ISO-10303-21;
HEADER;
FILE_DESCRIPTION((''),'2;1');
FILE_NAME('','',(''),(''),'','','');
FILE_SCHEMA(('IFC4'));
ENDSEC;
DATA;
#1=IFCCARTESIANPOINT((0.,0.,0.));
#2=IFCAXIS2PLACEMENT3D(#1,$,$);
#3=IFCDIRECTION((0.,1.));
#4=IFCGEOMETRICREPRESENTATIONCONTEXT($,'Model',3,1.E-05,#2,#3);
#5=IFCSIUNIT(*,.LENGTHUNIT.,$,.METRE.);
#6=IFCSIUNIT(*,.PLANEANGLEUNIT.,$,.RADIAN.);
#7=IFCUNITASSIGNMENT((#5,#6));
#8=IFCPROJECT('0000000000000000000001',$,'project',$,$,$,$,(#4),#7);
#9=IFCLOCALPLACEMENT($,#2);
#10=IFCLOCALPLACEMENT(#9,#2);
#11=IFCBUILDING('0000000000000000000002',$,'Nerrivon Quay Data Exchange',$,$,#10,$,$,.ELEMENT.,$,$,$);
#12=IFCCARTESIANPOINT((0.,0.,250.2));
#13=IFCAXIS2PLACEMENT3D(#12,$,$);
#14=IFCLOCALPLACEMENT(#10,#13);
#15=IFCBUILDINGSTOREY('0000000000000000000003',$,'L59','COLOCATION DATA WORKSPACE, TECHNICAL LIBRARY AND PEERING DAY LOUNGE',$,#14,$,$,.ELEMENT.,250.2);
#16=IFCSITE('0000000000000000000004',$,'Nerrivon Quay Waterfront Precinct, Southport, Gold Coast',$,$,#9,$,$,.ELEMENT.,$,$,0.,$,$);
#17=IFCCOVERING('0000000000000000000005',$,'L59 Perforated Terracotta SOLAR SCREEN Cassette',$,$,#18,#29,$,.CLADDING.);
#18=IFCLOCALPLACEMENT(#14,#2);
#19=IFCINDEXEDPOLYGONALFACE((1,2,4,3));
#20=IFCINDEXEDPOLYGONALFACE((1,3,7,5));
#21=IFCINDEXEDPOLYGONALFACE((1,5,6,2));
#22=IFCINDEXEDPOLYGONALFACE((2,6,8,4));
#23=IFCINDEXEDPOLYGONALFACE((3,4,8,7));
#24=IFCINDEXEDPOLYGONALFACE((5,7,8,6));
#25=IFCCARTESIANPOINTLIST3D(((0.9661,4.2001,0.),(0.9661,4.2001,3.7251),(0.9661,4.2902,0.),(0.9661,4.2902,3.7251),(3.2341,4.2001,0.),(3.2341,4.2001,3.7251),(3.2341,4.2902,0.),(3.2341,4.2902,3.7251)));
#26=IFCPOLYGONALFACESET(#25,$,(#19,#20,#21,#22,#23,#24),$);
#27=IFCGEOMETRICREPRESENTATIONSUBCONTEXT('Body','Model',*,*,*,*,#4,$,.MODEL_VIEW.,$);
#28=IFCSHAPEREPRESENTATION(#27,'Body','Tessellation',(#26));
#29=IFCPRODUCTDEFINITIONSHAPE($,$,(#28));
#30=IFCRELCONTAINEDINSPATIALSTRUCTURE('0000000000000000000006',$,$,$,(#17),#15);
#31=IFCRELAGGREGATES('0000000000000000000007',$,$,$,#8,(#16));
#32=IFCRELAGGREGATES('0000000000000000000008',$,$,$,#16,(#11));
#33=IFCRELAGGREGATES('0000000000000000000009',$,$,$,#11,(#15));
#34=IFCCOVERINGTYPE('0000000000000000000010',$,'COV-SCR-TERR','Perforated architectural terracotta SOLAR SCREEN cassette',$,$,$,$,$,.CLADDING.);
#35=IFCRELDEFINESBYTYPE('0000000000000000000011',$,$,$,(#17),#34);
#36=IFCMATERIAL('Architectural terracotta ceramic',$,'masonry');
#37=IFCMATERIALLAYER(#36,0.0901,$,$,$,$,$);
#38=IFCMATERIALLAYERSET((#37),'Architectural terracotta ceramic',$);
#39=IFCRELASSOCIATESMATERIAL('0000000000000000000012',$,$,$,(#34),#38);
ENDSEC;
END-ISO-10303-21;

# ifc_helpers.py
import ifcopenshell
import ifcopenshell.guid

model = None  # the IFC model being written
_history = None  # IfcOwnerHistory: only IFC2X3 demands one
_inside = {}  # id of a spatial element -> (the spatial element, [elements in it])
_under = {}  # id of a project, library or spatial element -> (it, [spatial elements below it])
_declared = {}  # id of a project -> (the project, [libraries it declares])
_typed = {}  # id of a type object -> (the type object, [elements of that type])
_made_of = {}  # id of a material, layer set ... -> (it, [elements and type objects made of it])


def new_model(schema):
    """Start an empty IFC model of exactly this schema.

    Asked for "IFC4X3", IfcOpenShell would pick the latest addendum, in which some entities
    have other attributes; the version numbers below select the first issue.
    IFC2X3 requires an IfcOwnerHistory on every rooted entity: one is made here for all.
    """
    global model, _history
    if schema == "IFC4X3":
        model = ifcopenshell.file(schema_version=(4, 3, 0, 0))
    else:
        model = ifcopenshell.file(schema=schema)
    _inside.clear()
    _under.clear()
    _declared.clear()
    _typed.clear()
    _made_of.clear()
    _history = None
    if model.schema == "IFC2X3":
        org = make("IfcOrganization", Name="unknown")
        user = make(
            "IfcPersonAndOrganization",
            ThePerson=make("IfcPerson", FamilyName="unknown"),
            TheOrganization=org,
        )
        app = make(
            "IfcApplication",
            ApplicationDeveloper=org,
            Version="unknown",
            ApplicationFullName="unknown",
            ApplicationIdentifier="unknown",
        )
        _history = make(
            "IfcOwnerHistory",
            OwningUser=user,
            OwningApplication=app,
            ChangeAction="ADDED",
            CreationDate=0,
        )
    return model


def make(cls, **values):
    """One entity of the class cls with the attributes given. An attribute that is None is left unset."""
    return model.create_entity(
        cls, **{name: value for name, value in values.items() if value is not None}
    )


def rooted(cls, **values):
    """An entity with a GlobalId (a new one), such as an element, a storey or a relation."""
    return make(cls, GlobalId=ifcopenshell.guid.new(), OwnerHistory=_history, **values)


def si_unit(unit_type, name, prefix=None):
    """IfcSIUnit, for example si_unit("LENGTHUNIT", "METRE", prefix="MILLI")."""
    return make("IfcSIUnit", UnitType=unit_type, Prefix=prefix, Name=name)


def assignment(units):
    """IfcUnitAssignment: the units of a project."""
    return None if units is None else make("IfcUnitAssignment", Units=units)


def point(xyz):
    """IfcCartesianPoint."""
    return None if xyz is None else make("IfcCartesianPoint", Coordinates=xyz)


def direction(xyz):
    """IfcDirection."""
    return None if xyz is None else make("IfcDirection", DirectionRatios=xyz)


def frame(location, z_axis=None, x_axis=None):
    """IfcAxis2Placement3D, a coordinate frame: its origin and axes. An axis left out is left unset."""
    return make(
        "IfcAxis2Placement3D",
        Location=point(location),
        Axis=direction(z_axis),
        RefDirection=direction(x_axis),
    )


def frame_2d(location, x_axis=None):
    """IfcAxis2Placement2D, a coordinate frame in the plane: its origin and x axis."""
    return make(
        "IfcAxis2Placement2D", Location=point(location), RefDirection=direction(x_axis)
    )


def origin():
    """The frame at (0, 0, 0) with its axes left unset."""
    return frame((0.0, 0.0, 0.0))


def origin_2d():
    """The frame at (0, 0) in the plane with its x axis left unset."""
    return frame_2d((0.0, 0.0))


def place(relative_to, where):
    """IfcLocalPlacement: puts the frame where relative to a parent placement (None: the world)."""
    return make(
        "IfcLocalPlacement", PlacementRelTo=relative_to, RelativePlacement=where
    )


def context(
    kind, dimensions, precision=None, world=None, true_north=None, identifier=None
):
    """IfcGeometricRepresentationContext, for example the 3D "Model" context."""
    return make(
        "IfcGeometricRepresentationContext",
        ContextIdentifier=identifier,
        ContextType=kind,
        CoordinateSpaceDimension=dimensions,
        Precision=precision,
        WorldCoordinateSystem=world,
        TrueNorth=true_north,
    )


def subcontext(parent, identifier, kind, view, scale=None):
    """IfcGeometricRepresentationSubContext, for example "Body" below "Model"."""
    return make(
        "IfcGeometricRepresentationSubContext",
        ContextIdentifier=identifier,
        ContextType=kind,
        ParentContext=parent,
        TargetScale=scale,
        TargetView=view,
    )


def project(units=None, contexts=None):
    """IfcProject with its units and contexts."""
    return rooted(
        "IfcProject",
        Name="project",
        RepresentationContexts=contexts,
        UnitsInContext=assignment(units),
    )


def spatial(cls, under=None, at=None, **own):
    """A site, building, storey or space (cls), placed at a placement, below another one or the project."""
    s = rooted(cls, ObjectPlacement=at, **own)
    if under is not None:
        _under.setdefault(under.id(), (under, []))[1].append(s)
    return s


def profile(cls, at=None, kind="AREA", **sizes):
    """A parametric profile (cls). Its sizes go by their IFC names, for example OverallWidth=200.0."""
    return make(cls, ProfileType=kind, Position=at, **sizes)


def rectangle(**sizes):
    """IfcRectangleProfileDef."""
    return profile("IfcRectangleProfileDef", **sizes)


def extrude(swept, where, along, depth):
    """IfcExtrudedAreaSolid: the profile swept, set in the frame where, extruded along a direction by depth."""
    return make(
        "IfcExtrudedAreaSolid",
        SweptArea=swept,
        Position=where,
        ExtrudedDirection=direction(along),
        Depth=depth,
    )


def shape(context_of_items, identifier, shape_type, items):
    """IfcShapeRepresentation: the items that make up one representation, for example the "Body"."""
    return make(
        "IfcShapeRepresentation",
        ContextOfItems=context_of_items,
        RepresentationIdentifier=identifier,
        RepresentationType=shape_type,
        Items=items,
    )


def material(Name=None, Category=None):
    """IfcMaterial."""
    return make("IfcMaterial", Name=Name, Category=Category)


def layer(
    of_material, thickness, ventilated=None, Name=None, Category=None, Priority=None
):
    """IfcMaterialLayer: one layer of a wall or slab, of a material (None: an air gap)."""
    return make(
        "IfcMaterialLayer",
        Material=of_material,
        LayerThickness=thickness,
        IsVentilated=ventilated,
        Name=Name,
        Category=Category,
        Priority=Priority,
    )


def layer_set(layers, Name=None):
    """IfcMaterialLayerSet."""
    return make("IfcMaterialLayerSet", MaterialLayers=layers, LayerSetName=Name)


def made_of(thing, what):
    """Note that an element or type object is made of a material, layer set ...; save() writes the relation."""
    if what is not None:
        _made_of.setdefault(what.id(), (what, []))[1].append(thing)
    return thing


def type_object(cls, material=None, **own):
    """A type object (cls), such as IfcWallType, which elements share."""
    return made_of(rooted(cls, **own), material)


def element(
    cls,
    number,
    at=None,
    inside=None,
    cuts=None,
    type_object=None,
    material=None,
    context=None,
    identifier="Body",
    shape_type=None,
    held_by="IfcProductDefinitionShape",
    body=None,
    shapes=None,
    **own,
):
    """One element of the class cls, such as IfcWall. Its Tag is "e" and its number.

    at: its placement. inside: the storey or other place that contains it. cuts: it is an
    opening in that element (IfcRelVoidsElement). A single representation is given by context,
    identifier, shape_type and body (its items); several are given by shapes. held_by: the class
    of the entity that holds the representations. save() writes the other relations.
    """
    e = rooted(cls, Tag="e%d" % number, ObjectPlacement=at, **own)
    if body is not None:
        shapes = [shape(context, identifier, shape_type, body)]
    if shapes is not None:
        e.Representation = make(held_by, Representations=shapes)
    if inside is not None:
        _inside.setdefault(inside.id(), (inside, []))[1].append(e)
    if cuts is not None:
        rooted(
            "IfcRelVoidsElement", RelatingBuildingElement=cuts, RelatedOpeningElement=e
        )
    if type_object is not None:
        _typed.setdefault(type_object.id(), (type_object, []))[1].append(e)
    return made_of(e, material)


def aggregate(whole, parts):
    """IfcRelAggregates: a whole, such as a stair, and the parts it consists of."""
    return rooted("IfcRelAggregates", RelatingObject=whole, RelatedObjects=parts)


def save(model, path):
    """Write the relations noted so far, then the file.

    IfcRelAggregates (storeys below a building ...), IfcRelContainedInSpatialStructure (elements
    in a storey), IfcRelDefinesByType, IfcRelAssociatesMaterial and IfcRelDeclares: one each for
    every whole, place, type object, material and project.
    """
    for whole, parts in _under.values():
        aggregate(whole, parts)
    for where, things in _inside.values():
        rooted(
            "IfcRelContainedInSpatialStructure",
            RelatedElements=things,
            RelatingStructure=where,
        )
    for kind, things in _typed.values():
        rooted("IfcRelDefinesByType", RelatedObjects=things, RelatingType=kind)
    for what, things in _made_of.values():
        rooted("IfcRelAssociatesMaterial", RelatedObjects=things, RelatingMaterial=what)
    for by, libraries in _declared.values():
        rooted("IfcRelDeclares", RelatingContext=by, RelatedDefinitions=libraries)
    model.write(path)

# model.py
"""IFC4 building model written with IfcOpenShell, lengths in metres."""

from ifc_helpers import new_model, si_unit, direction, frame, origin, origin_2d, place, context, subcontext, project, spatial, rectangle, extrude, material, layer, layer_set, type_object, element, save


model = new_model("IFC4")

# Units and contexts
model_context = context("Model", 3, precision=1e-05, world=origin(), true_north=direction((0.0, 1.0)))
body_context = subcontext(model_context, "Body", "Model", "MODEL_VIEW")
ifc_project = project(units=[si_unit("LENGTHUNIT", "METRE"), si_unit("PLANEANGLEUNIT", "RADIAN")], contexts=[model_context])

# Site, building, storey
site_placement = place(None, origin())
site = spatial("IfcSite", under=ifc_project, at=site_placement, Name="Nerrivon Quay Waterfront Precinct, Southport, Gold Coast", CompositionType="ELEMENT", RefElevation=0.0)
building_placement = place(site_placement, origin())
building = spatial("IfcBuilding", under=site, at=building_placement, Name="Nerrivon Quay Data Exchange", CompositionType="ELEMENT")
storey_placement = place(building_placement, frame((0.0, 0.0, 250.2)))
storey = spatial("IfcBuildingStorey", under=building, at=storey_placement, Name="L59", Description="COLOCATION DATA WORKSPACE, TECHNICAL LIBRARY AND PEERING DAY LOUNGE", CompositionType="ELEMENT", Elevation=250.2)

# Covering
ifc_material_1 = material(Name="Architectural terracotta ceramic", Category="masonry")
ifc_layer_1 = layer(ifc_material_1, 0.0901)
ifc_layer_set_1 = layer_set([ifc_layer_1], Name="Architectural terracotta ceramic")
covering_type = type_object("IfcCoveringType", Name="COV-SCR-TERR", Description="Perforated architectural terracotta SOLAR SCREEN cassette", PredefinedType="CLADDING", material=ifc_layer_set_1)
for number, where, z_axis, x_axis, name in (
    (1, (2.1001, 4.2451, 0.0), (0.0, 0.0, 1.0), (-1.0, 0.0, 0.0), "L59 Perforated Terracotta SOLAR SCREEN Cassette"),
):
    element("IfcCovering", number, at=place(storey_placement, frame(where, z_axis=z_axis, x_axis=x_axis)), inside=storey, type_object=covering_type, Name=name, PredefinedType="CLADDING", context=body_context, shape_type="SweptSolid", body=[
        extrude(rectangle(XDim=2.2681, YDim=0.0901, at=origin_2d()), origin(), (0.0, 0.0, 1.0), 3.7251),
    ])

save(model, "model.ifc")
